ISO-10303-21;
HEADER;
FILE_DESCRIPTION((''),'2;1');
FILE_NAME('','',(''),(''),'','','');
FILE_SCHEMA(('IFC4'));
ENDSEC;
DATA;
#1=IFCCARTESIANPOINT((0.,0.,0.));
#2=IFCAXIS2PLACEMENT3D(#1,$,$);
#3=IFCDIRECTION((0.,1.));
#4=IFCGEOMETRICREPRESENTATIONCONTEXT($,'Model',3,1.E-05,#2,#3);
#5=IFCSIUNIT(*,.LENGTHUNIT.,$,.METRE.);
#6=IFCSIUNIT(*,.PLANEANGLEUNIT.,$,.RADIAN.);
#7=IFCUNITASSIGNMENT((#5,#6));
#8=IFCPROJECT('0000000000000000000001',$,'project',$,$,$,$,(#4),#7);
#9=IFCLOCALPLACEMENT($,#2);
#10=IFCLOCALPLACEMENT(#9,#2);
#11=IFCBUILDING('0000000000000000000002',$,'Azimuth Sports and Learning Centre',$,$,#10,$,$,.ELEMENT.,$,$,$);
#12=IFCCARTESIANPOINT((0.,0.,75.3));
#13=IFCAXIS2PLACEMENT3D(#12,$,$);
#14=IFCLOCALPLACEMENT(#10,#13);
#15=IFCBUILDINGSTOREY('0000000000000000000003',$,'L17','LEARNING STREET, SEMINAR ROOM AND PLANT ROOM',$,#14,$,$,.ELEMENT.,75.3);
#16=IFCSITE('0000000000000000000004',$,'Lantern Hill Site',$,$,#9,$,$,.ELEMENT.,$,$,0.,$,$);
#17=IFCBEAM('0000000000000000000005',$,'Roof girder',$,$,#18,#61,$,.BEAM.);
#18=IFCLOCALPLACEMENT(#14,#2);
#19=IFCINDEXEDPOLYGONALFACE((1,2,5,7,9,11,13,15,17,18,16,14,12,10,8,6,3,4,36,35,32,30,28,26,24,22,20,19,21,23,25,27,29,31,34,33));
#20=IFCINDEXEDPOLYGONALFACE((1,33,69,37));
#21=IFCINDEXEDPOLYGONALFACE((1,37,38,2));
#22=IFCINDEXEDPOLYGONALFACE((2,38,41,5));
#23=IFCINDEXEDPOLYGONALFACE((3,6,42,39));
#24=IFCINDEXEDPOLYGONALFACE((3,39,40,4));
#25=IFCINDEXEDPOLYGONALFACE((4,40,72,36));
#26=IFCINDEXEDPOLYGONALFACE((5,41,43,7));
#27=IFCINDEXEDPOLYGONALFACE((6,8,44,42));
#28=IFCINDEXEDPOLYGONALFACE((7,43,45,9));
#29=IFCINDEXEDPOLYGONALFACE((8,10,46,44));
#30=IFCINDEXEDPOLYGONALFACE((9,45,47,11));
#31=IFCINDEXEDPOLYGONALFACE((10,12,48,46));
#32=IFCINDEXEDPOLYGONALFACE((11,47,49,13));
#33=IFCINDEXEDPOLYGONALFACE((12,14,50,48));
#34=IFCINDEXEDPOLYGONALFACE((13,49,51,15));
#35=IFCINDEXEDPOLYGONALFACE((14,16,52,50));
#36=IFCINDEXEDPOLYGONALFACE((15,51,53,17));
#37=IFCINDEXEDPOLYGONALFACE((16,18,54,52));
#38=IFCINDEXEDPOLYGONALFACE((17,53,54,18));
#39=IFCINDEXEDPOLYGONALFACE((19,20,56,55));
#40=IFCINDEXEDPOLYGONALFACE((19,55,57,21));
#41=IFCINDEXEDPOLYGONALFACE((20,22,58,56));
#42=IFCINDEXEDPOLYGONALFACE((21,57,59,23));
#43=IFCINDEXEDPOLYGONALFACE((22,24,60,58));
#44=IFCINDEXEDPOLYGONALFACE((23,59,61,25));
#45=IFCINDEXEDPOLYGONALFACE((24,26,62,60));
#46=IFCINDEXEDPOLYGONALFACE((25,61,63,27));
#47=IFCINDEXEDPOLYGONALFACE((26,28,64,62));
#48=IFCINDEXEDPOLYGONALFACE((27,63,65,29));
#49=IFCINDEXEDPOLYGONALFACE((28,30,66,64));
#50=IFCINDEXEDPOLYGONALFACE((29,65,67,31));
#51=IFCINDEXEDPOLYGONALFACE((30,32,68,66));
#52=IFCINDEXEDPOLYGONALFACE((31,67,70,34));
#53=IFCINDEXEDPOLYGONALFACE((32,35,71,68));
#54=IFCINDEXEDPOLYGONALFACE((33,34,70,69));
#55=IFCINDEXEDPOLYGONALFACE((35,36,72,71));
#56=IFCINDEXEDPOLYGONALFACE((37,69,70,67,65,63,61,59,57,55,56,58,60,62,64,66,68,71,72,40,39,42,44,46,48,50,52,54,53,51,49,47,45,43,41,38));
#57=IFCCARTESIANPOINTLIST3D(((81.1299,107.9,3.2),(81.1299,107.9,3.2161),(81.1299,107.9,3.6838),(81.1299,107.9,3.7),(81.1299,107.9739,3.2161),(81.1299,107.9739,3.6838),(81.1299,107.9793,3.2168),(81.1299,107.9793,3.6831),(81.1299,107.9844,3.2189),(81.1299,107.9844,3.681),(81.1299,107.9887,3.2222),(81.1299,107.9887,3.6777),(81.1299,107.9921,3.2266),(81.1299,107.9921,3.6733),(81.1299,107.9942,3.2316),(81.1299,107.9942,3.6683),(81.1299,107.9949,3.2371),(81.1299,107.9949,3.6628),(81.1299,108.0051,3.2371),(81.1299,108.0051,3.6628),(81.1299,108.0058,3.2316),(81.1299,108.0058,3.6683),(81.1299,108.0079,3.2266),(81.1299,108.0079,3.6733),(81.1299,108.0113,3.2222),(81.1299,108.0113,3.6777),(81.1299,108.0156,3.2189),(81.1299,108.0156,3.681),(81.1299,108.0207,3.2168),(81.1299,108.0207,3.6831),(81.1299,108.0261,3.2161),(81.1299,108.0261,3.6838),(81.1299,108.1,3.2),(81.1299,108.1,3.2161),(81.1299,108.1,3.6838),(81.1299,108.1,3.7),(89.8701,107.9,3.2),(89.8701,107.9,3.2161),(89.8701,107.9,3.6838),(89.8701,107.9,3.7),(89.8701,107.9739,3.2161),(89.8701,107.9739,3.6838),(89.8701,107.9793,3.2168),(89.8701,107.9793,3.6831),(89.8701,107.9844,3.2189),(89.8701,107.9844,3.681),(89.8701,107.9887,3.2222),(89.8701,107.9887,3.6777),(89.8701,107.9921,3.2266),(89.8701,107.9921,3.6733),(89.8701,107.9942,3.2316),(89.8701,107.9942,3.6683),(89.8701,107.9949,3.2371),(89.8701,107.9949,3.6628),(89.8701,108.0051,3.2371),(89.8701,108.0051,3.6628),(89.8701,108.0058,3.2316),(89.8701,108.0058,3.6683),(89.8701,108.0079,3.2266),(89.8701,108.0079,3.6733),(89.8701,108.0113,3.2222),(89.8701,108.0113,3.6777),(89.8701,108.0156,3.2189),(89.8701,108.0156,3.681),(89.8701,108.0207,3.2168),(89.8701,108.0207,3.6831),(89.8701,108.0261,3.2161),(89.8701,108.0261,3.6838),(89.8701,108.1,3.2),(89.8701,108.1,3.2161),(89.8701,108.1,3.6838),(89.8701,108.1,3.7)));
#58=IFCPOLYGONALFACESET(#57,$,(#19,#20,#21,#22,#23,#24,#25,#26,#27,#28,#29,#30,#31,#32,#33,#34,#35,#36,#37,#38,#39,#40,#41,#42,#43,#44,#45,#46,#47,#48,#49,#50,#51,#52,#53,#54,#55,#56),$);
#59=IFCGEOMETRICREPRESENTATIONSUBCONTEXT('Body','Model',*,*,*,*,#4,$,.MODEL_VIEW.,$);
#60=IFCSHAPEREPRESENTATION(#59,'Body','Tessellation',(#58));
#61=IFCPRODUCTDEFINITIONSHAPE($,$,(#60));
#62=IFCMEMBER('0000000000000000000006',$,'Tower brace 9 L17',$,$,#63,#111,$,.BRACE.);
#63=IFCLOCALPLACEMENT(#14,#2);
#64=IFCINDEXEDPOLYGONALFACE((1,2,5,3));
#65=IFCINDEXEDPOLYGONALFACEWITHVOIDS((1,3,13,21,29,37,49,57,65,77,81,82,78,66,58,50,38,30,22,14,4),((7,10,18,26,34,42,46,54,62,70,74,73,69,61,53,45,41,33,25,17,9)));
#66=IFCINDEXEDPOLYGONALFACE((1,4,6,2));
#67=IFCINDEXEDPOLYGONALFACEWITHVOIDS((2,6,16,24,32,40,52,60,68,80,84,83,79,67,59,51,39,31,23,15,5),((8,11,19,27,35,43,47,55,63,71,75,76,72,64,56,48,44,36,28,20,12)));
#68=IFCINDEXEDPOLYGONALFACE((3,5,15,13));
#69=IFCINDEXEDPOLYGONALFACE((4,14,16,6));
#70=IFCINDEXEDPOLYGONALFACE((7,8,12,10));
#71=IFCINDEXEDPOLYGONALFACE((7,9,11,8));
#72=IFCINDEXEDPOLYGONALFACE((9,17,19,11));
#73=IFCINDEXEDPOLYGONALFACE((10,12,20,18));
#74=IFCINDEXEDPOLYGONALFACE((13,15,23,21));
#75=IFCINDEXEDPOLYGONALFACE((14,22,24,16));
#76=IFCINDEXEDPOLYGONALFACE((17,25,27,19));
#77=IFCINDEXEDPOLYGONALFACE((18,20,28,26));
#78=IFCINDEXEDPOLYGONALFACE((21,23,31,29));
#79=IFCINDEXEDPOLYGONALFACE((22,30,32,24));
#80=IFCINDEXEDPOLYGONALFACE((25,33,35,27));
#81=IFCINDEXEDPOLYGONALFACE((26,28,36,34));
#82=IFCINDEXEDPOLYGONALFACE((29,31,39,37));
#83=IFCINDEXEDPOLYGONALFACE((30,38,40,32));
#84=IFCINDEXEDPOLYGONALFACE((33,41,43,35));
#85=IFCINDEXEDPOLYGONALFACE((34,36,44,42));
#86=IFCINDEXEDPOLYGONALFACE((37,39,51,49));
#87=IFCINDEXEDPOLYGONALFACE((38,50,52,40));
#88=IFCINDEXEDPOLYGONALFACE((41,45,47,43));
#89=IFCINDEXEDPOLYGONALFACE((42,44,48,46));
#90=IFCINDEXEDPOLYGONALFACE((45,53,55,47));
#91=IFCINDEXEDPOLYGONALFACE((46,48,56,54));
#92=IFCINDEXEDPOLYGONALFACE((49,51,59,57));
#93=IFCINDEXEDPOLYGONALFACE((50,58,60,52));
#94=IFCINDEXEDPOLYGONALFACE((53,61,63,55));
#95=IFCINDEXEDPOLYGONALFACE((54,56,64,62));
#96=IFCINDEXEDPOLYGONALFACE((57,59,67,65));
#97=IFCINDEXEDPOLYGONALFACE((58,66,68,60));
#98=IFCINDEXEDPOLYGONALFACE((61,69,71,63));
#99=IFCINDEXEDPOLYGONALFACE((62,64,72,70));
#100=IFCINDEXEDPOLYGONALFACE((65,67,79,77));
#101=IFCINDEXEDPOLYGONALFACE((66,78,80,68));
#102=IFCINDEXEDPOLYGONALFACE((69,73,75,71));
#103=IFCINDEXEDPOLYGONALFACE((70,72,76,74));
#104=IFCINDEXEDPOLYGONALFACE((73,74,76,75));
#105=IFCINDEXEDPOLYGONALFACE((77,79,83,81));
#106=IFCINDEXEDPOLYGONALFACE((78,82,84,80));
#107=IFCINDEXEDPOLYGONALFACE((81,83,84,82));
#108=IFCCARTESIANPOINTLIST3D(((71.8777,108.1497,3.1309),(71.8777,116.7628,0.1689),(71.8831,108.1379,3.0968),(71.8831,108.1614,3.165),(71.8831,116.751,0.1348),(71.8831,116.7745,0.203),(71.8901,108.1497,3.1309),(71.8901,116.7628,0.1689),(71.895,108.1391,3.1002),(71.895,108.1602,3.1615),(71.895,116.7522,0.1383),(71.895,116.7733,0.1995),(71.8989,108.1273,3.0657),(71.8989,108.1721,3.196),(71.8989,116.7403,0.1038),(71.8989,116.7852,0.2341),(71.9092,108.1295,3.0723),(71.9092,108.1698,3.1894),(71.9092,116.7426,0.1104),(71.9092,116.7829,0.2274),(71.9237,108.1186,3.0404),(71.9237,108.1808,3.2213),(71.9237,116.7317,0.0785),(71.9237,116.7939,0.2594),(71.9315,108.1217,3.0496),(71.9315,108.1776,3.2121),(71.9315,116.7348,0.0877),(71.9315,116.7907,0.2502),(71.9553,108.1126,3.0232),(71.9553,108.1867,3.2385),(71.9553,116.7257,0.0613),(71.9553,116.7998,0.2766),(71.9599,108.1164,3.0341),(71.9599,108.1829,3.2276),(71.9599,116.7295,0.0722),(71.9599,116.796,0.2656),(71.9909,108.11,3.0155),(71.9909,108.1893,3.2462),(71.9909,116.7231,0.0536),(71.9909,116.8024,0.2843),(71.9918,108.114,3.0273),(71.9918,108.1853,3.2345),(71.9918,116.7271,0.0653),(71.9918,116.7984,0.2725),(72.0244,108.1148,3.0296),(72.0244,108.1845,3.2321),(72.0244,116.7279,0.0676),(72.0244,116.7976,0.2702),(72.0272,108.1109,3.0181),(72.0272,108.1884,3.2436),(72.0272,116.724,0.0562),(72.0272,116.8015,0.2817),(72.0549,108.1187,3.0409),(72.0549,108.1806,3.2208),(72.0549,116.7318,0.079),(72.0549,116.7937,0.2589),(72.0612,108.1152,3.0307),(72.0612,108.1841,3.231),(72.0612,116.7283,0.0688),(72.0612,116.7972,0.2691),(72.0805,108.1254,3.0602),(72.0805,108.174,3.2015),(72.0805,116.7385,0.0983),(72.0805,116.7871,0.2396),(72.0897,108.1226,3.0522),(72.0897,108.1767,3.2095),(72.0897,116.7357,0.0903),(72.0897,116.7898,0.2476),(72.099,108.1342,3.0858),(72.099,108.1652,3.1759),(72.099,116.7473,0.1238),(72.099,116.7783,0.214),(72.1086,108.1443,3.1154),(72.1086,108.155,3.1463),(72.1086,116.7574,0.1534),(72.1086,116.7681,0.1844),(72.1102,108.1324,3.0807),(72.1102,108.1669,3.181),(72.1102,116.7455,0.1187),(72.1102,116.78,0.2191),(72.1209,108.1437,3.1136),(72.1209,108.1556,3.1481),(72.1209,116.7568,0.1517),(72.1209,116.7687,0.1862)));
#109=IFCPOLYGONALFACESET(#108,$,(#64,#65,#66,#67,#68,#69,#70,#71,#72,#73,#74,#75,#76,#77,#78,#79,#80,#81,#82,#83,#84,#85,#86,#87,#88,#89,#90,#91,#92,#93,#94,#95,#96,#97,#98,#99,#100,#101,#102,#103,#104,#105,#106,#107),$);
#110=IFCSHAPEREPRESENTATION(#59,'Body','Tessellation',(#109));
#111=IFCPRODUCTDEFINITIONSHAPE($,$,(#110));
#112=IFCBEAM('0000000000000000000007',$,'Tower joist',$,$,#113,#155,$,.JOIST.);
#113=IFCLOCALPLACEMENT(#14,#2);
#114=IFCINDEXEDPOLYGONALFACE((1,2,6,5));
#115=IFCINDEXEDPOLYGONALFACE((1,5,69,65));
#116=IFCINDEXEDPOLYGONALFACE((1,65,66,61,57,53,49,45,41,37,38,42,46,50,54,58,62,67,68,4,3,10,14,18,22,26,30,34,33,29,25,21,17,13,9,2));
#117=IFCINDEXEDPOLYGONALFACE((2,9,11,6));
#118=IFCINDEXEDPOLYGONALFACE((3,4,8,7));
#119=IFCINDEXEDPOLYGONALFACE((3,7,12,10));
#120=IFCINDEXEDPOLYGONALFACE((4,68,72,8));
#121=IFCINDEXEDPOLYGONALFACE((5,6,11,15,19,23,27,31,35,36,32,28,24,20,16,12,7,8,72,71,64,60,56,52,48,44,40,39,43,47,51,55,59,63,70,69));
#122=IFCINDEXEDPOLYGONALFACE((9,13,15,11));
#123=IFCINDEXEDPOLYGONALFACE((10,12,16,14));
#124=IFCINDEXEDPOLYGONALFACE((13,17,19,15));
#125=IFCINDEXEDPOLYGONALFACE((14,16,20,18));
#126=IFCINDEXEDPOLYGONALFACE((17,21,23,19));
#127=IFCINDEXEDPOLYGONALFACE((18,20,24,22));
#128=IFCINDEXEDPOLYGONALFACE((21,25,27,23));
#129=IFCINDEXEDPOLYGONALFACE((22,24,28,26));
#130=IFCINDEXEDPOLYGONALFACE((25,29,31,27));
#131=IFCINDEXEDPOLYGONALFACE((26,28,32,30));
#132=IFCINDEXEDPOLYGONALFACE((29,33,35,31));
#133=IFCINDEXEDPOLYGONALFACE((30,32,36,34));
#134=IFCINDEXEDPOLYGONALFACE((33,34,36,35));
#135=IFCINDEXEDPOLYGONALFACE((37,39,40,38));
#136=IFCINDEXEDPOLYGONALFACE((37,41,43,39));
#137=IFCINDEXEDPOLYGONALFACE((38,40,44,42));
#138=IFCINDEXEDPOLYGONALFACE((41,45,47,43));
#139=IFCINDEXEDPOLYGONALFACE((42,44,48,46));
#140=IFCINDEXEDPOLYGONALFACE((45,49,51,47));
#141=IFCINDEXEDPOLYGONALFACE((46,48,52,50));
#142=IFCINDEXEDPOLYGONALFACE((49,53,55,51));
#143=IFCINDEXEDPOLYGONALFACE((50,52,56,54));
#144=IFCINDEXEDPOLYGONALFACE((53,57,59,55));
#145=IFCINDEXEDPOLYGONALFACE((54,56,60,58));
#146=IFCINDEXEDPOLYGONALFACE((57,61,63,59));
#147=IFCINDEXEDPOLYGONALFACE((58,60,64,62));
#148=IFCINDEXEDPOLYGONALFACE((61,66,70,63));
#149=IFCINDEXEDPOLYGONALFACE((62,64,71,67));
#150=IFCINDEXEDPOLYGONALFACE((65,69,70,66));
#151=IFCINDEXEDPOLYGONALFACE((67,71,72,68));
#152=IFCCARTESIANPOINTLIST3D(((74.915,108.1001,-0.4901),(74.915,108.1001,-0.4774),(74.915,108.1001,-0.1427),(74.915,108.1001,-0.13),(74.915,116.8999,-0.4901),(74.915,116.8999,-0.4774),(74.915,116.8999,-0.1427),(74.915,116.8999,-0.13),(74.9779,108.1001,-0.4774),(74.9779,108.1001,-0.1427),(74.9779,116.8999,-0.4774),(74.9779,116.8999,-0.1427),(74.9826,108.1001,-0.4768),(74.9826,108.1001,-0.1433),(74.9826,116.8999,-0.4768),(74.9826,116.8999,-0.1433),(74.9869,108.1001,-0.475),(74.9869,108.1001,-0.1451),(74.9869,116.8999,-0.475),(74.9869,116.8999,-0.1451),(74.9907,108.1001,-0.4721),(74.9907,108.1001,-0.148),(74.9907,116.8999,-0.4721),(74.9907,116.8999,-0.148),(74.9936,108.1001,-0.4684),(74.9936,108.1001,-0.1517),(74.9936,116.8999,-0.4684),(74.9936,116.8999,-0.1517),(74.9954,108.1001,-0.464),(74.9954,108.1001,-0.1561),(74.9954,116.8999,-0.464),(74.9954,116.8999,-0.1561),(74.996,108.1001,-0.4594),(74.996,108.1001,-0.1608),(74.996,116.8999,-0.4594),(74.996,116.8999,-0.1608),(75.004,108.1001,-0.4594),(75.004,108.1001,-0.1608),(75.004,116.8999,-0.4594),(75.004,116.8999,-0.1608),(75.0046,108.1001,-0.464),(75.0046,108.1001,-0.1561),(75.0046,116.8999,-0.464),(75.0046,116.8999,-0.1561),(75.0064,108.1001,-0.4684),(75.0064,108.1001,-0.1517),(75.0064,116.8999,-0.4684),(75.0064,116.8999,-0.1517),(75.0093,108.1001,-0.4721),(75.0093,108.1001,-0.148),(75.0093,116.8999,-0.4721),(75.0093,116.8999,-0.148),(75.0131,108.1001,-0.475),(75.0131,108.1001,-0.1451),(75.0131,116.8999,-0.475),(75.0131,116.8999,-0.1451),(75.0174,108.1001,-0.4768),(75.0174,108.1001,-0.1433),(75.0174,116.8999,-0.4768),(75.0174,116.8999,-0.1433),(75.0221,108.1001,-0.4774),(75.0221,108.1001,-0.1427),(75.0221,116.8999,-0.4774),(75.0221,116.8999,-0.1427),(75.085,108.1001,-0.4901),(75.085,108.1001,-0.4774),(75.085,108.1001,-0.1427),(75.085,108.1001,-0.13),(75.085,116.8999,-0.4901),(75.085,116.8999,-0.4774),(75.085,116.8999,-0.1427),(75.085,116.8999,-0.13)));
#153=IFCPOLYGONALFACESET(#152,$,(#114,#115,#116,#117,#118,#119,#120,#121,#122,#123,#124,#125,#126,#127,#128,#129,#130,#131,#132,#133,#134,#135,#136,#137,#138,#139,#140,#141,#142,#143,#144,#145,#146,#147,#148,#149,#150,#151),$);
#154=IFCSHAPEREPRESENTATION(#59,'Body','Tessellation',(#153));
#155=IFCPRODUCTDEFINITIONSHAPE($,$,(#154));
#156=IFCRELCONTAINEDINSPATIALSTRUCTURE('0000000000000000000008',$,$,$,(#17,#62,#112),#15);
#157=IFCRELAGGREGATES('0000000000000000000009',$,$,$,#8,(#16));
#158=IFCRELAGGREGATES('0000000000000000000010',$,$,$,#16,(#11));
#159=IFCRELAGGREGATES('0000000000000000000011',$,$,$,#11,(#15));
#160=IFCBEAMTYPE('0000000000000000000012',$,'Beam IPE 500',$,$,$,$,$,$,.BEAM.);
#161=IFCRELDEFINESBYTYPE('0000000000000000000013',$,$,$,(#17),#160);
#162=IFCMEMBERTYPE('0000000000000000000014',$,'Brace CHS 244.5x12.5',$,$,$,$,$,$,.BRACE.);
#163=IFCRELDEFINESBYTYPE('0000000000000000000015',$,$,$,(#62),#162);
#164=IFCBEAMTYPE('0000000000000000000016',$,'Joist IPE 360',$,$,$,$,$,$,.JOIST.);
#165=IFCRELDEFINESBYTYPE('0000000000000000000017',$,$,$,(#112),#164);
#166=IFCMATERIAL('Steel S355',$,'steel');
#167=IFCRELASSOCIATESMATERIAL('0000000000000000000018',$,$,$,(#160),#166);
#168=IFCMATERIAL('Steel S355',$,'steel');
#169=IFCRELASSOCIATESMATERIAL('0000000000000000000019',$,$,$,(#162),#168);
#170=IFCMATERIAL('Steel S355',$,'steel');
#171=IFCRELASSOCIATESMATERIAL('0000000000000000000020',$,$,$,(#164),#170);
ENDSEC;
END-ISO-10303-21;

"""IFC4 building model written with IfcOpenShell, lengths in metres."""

from ifc_helpers import new_model, si_unit, direction, frame, origin, origin_2d, place, context, subcontext, project, spatial, hollow_circle, i_section, extrude, material, material_profile, profile_set, type_object, element, save


model = new_model("IFC4")

# Units and contexts
model_context = context("Model", 3, precision=1e-05, world=origin(), true_north=direction((0.0, 1.0)))
body_context = subcontext(model_context, "Body", "Model", "MODEL_VIEW")
ifc_project = project(units=[si_unit("LENGTHUNIT", "METRE"), si_unit("PLANEANGLEUNIT", "RADIAN")], contexts=[model_context])

# Site, building, storey
site_placement = place(None, origin())
site = spatial("IfcSite", under=ifc_project, at=site_placement, Name="Lantern Hill Site", CompositionType="ELEMENT", RefElevation=0.0)
building_placement = place(site_placement, origin())
building = spatial("IfcBuilding", under=site, at=building_placement, Name="Azimuth Sports and Learning Centre", CompositionType="ELEMENT")
storey_placement = place(building_placement, frame((0.0, 0.0, 75.3)))
storey = spatial("IfcBuildingStorey", under=building, at=storey_placement, Name="L17", Description="LEARNING STREET, SEMINAR ROOM AND PLANT ROOM", CompositionType="ELEMENT", Elevation=75.3)

# Beam
ifc_material_1 = material(Name="Steel S355", Category="steel")
ifc_material_profile_1 = material_profile(ifc_material_1, i_section(OverallWidth=0.2, OverallDepth=0.5, WebThickness=0.0103, FlangeThickness=0.0161, FilletRadius=0.021, at=origin_2d()), Name="IPE 500")
ifc_profile_set_1 = profile_set([ifc_material_profile_1], Name="Steel S355")
beam_type_1 = type_object("IfcBeamType", Name="Beam IPE 500", PredefinedType="BEAM", material=ifc_profile_set_1)
for number, where, z_axis, x_axis, name in (
    (1, (81.1299, 108.0, 3.45), (1.0, 0.0, 0.0), (0.0, 1.0, 0.0), "Roof girder"),
):
    element("IfcBeam", number, at=place(storey_placement, frame(where, z_axis=z_axis, x_axis=x_axis)), inside=storey, type_object=beam_type_1, Name=name, PredefinedType="BEAM", context=body_context, shape_type="SweptSolid", body=[
        extrude(i_section(OverallWidth=0.2, OverallDepth=0.5, WebThickness=0.0103, FlangeThickness=0.0161, FilletRadius=0.021, at=origin_2d()), origin(), (0.0, 0.0, 1.0), 8.7402),
    ])

# Member
ifc_material_2 = material(Name="Steel S355", Category="steel")
ifc_material_profile_2 = material_profile(ifc_material_2, hollow_circle(Radius=0.1223, WallThickness=0.0125, at=origin_2d()), Name="CHS 244.5x12.5")
ifc_profile_set_2 = profile_set([ifc_material_profile_2], Name="Steel S355")
member_type = type_object("IfcMemberType", Name="Brace CHS 244.5x12.5", PredefinedType="BRACE", material=ifc_profile_set_2)
member_placement = place(storey_placement, frame((72.0, 108.1497, 3.1309), z_axis=(0.0, 0.945647, -0.325196), x_axis=(-1.0, 0.0, 0.0)))
element("IfcMember", 2, at=member_placement, inside=storey, type_object=member_type, Name="Tower brace 9 L17", PredefinedType="BRACE", context=body_context, shape_type="SweptSolid", body=[
    extrude(hollow_circle(Radius=0.1223, WallThickness=0.0125, at=origin_2d()), origin(), (0.0, 0.0, 1.0), 9.1082),
])

# Beam
ifc_material_3 = material(Name="Steel S355", Category="steel")
ifc_material_profile_3 = material_profile(ifc_material_3, i_section(OverallWidth=0.1699, OverallDepth=0.3601, WebThickness=0.0081, FlangeThickness=0.0127, FilletRadius=0.0181, at=origin_2d()), Name="IPE 360")
ifc_profile_set_3 = profile_set([ifc_material_profile_3], Name="Steel S355")
beam_type_2 = type_object("IfcBeamType", Name="Joist IPE 360", PredefinedType="JOIST", material=ifc_profile_set_3)
for number, where, z_axis, x_axis, name in (
    (3, (75.0, 108.1001, -0.3101), (0.0, 1.0, 0.0), (-1.0, 0.0, 0.0), "Tower joist"),
):
    element("IfcBeam", number, at=place(storey_placement, frame(where, z_axis=z_axis, x_axis=x_axis)), inside=storey, type_object=beam_type_2, Name=name, PredefinedType="JOIST", context=body_context, shape_type="SweptSolid", body=[
        extrude(i_section(OverallWidth=0.1699, OverallDepth=0.3601, WebThickness=0.0081, FlangeThickness=0.0127, FilletRadius=0.0181, at=origin_2d()), origin(), (0.0, 0.0, 1.0), 8.7998),
    ])

save(model, "model.ifc")
